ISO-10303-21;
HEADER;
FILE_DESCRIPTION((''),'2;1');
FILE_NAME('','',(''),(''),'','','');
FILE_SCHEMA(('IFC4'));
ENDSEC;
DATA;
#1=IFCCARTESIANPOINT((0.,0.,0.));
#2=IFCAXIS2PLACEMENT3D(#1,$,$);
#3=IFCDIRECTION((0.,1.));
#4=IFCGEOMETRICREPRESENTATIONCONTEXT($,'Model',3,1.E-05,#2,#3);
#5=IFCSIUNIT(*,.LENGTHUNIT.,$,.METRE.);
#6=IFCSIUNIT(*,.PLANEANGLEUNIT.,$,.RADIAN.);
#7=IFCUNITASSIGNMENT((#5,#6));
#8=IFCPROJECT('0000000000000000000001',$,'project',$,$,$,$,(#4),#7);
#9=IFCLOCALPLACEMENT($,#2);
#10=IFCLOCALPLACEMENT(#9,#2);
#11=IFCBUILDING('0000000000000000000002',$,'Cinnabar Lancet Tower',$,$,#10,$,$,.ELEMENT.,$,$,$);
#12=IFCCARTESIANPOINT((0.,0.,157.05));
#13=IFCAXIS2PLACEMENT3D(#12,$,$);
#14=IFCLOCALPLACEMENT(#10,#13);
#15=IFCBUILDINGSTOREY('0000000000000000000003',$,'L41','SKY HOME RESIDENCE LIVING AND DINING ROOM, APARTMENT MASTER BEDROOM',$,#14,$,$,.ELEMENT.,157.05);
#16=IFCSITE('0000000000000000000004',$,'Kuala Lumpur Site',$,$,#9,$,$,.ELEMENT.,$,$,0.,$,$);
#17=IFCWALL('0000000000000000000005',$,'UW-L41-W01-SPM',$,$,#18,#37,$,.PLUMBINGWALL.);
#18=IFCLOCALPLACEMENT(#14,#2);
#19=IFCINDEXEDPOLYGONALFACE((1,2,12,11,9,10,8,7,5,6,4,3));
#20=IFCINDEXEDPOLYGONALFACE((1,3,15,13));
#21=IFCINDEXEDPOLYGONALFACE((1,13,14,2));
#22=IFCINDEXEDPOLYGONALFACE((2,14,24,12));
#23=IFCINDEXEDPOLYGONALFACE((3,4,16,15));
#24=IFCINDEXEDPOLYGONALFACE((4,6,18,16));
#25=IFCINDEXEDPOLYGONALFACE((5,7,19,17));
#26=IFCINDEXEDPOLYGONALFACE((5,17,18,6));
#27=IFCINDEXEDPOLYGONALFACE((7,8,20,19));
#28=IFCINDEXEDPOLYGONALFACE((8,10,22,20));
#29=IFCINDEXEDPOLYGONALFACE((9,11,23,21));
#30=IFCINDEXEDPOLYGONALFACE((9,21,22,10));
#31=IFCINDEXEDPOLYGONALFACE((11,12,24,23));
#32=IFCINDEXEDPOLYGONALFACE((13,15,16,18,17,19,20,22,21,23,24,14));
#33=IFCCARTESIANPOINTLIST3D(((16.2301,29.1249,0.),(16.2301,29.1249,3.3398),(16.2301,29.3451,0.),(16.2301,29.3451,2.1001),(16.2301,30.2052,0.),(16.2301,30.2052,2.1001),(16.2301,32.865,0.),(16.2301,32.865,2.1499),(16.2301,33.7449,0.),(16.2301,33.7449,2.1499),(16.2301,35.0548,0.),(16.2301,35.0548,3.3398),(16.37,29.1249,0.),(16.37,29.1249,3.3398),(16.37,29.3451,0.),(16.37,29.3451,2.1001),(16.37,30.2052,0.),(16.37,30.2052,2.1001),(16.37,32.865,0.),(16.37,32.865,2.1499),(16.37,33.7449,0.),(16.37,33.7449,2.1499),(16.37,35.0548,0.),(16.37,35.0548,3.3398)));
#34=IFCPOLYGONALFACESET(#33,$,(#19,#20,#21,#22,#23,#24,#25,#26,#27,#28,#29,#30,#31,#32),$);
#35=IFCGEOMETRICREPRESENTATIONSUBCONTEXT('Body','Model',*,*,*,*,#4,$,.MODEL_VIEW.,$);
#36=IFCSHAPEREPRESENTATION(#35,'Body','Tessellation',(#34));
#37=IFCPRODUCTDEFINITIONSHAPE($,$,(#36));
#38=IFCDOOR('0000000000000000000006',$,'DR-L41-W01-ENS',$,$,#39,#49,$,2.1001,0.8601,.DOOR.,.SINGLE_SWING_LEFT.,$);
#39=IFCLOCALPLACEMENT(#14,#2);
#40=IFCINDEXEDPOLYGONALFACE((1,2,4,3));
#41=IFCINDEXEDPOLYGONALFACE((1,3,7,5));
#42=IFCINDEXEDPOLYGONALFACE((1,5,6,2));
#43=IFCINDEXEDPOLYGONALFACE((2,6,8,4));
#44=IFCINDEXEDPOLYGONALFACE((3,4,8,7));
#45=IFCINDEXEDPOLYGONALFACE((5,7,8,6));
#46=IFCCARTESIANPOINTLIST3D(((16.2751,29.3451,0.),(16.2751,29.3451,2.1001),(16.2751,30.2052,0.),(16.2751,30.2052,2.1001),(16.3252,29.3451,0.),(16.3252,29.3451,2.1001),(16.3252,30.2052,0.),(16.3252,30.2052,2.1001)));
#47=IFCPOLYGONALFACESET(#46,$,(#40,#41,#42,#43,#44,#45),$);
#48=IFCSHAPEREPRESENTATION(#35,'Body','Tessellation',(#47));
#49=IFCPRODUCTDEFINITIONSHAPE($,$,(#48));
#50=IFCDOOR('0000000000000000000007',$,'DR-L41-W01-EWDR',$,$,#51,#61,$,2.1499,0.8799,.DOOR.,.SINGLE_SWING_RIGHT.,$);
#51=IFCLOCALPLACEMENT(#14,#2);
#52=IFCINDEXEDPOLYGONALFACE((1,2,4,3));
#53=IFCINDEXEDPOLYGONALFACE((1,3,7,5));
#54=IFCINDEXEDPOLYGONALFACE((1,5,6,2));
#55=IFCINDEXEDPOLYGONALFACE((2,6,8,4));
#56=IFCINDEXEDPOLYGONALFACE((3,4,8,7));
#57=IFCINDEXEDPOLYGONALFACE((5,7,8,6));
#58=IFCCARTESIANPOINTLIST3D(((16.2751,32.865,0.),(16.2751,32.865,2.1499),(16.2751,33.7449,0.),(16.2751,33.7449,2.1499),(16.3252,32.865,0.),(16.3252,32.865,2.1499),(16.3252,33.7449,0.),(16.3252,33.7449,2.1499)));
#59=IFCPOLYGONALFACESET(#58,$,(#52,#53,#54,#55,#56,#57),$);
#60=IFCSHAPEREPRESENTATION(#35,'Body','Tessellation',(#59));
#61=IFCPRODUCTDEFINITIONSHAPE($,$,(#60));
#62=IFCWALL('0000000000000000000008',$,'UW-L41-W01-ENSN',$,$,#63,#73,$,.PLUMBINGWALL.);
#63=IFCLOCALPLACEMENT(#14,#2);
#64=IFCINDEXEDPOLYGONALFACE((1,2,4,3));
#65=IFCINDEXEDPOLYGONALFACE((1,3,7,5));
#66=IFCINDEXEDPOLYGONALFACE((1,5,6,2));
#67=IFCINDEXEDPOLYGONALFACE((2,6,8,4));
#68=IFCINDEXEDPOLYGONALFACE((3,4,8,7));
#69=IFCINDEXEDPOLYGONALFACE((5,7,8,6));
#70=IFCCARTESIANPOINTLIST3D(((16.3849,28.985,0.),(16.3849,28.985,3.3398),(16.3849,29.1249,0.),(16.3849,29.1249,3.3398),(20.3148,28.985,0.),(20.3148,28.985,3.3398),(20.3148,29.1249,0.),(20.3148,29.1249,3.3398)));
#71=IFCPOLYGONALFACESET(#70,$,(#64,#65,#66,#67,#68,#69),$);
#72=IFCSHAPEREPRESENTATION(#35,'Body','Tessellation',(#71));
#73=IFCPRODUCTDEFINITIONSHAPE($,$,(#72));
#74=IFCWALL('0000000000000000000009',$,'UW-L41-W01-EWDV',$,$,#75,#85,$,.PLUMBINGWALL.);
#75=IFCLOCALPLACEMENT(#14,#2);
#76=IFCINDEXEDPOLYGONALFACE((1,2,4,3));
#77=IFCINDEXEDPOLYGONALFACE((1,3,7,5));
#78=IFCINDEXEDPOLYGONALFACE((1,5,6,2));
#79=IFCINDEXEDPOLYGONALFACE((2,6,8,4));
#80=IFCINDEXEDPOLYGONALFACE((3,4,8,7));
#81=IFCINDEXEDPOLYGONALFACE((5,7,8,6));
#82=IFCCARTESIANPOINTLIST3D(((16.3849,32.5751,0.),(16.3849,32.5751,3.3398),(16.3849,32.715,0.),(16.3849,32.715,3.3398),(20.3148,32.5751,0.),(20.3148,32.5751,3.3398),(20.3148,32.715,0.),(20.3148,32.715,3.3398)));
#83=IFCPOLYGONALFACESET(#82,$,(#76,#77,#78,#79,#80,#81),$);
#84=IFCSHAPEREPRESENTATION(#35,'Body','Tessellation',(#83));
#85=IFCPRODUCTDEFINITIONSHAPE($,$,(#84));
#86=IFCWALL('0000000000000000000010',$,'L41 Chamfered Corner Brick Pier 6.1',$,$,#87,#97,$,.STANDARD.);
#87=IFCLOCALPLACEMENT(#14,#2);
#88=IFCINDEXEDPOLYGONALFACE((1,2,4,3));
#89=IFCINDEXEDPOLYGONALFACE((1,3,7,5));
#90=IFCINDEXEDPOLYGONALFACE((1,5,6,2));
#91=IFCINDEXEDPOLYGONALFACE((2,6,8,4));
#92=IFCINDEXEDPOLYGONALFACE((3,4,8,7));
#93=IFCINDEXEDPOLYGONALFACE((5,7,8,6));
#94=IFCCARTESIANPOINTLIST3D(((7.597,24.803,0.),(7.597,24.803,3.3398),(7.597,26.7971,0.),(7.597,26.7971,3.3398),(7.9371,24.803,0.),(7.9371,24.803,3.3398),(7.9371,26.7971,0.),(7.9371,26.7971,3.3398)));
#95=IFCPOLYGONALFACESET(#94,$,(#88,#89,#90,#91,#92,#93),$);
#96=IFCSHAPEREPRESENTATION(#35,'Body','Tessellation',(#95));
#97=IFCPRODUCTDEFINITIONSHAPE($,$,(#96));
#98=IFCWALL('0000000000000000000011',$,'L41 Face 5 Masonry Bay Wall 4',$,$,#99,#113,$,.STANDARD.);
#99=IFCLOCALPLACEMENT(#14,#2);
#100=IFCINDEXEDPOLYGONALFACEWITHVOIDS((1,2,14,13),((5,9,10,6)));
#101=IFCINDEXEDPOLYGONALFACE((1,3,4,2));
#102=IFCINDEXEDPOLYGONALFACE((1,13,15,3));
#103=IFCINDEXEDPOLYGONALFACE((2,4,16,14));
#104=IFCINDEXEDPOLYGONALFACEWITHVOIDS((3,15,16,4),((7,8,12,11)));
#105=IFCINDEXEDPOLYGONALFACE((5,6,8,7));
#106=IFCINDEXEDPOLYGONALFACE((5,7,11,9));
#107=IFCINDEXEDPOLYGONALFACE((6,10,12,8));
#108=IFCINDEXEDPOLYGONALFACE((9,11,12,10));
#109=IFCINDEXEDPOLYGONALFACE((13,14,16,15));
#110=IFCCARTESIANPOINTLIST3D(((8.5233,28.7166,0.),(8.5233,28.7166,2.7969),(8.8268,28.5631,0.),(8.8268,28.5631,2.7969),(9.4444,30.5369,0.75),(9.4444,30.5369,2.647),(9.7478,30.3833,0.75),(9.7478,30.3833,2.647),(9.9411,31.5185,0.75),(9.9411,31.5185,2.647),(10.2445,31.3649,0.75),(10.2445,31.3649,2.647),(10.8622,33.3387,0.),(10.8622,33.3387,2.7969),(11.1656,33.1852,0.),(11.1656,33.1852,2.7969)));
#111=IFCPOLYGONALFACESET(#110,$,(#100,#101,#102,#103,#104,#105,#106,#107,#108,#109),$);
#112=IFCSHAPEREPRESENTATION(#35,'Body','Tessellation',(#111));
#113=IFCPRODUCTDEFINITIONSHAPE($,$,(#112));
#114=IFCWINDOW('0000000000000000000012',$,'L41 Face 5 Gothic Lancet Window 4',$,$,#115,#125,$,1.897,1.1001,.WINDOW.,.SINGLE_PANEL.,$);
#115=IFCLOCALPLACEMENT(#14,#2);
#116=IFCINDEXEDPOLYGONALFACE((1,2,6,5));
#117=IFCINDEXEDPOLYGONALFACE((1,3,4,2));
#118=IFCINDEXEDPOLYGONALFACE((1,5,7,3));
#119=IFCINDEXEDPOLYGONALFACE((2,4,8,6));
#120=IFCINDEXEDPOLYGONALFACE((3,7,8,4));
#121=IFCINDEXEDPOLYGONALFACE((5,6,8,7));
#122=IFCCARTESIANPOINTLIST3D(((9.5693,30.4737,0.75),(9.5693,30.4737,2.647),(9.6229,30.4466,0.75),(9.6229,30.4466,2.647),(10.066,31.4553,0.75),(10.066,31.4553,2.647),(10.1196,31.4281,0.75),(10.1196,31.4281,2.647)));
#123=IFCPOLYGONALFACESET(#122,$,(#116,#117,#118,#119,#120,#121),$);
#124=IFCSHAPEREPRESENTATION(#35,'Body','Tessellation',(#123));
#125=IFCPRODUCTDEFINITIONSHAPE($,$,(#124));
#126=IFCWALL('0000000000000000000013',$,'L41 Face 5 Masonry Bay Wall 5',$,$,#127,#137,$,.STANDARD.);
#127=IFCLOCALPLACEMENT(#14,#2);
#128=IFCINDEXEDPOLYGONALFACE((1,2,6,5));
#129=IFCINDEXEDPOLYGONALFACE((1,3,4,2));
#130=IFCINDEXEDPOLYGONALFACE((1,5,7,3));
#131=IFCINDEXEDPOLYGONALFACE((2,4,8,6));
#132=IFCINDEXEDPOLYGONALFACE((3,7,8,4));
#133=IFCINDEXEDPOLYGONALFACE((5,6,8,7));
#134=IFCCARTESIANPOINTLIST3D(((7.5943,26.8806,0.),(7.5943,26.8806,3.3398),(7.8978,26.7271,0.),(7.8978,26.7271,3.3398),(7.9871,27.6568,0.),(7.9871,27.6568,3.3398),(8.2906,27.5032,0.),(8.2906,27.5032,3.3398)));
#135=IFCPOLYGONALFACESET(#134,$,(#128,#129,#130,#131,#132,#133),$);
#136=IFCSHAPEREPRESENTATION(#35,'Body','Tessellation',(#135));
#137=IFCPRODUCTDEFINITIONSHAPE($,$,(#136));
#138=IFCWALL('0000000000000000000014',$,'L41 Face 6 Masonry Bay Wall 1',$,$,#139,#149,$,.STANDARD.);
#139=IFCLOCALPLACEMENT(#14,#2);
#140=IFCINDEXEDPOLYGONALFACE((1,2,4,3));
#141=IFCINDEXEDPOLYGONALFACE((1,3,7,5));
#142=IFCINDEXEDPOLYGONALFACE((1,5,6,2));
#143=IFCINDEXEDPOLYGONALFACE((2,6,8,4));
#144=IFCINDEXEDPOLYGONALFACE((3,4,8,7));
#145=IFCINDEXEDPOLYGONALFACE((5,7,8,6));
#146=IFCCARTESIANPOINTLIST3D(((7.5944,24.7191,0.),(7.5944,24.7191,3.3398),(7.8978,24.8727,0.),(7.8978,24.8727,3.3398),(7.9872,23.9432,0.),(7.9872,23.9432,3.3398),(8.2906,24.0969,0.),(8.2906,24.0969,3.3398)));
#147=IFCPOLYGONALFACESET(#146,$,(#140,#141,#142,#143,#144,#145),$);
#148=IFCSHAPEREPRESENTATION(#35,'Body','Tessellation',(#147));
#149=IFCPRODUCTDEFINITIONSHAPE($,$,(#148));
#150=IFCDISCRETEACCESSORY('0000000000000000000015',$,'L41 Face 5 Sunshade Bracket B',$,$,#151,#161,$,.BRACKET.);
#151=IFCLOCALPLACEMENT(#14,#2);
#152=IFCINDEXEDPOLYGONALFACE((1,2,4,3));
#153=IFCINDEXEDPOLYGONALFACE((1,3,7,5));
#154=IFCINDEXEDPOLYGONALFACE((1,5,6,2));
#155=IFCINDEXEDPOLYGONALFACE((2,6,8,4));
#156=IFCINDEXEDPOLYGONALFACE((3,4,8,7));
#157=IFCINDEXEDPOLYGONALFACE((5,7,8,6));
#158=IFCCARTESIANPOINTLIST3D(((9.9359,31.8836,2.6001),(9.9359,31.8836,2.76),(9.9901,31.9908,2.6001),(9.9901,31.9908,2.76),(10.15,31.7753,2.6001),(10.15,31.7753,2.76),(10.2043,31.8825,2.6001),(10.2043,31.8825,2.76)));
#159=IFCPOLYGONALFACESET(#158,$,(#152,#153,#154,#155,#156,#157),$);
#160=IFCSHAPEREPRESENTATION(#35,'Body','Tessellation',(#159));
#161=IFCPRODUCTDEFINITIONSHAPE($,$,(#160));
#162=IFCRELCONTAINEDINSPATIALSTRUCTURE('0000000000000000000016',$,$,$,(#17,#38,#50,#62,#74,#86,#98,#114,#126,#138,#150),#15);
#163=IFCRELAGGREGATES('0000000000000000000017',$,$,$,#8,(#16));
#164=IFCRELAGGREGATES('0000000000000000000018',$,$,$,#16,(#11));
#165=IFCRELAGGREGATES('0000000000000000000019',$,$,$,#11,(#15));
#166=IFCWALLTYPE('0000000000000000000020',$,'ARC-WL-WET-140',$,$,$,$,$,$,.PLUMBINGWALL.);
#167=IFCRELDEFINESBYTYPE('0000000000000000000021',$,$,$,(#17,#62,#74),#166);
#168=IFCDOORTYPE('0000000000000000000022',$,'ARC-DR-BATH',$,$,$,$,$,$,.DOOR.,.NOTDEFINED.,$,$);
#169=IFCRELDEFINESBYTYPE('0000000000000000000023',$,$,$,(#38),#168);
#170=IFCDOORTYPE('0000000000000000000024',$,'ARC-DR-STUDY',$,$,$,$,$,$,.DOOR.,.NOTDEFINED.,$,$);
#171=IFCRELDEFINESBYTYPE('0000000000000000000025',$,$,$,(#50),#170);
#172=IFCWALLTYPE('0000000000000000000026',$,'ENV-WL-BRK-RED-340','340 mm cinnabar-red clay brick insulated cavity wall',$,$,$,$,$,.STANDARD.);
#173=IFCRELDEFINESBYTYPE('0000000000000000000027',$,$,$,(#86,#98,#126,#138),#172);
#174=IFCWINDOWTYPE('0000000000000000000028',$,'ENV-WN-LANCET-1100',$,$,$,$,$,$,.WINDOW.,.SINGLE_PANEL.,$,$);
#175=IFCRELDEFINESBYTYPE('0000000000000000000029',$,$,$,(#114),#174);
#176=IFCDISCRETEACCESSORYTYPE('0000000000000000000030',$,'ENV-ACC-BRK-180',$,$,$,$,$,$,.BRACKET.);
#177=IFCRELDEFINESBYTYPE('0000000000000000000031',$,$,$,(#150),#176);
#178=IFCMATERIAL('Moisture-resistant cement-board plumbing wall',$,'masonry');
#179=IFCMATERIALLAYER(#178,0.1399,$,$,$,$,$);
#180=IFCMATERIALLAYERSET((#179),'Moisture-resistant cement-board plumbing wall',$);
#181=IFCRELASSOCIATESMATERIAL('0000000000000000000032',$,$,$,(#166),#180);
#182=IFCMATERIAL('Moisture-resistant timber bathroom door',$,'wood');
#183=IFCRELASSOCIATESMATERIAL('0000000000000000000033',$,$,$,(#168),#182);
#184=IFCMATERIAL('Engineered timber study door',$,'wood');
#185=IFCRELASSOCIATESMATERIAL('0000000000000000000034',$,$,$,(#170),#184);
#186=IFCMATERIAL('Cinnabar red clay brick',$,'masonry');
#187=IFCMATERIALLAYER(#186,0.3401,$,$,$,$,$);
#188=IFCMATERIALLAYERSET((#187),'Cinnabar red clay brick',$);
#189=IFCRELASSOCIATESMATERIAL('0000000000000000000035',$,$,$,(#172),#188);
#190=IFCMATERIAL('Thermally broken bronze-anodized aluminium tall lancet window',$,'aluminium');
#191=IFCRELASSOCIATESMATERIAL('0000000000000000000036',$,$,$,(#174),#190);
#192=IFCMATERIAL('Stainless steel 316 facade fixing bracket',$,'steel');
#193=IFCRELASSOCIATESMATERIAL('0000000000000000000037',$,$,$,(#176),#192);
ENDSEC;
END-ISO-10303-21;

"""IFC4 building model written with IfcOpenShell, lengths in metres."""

from ifc_helpers import new_model, si_unit, direction, frame, frame_2d, origin, origin_2d, place, context, subcontext, project, spatial, rectangle, extrude, material, layer, layer_set, type_object, element, fill, save


model = new_model("IFC4")

# Units and contexts
model_context = context("Model", 3, precision=1e-05, world=origin(), true_north=direction((0.0, 1.0)))
body_context = subcontext(model_context, "Body", "Model", "MODEL_VIEW")
ifc_project = project(units=[si_unit("LENGTHUNIT", "METRE"), si_unit("PLANEANGLEUNIT", "RADIAN")], contexts=[model_context])

# Site, building, storey
site_placement = place(None, origin())
site = spatial("IfcSite", under=ifc_project, at=site_placement, Name="Kuala Lumpur Site", CompositionType="ELEMENT", RefElevation=0.0)
building_placement = place(site_placement, origin())
building = spatial("IfcBuilding", under=site, at=building_placement, Name="Cinnabar Lancet Tower", CompositionType="ELEMENT")
storey_placement = place(building_placement, frame((0.0, 0.0, 157.05)))
storey = spatial("IfcBuildingStorey", under=building, at=storey_placement, Name="L41", Description="SKY HOME RESIDENCE LIVING AND DINING ROOM, APARTMENT MASTER BEDROOM", CompositionType="ELEMENT", Elevation=157.05)

# Wall, openings, doors
ifc_material_1 = material(Name="Moisture-resistant cement-board plumbing wall", Category="masonry")
ifc_layer_1 = layer(ifc_material_1, 0.1399)
ifc_layer_set_1 = layer_set([ifc_layer_1], Name="Moisture-resistant cement-board plumbing wall")
wall_type_1 = type_object("IfcWallType", Name="ARC-WL-WET-140", PredefinedType="PLUMBINGWALL", material=ifc_layer_set_1)
wall_1_placement = place(storey_placement, frame((16.3, 29.125, 0.0), z_axis=(0.0, 0.0, 1.0), x_axis=(0.0, 1.0, 0.0)))
wall_1 = element("IfcWall", 1, at=wall_1_placement, inside=storey, type_object=wall_type_1, Name="UW-L41-W01-SPM", PredefinedType="PLUMBINGWALL", context=body_context, shape_type="SweptSolid", body=[
    extrude(rectangle(XDim=5.9299, YDim=0.1399, at=frame_2d((2.9648, 0.0))), origin(), (0.0, 0.0, 1.0), 3.3398),
])
opening_1_placement = place(wall_1_placement, frame((0.22, 0.0, 0.0)))
opening_1 = element("IfcOpeningElement", 2, at=opening_1_placement, cuts=wall_1, PredefinedType="OPENING", context=body_context, shape_type="SweptSolid", body=[
    extrude(rectangle(XDim=0.8601, YDim=2.1001, at=frame_2d((0.4302, 1.05))), frame((0.0, 0.0798, 0.0), z_axis=(0.0, -1.0, 0.0), x_axis=(1.0, 0.0, 0.0)), (0.0, 0.0, 1.0), 0.1599),
])
opening_2_placement = place(wall_1_placement, frame((3.74, 0.0, 0.0)))
opening_2 = element("IfcOpeningElement", 3, at=opening_2_placement, cuts=wall_1, PredefinedType="OPENING", context=body_context, shape_type="SweptSolid", body=[
    extrude(rectangle(XDim=0.8799, YDim=2.1499, at=frame_2d((0.4399, 1.075))), frame((0.0, 0.0798, 0.0), z_axis=(0.0, -1.0, 0.0), x_axis=(1.0, 0.0, 0.0)), (0.0, 0.0, 1.0), 0.1599),
])
ifc_material_2 = material(Name="Moisture-resistant timber bathroom door", Category="wood")
door_type_1 = type_object("IfcDoorType", Name="ARC-DR-BATH", OperationType="NOTDEFINED", PredefinedType="DOOR", material=ifc_material_2)
door_1_placement = place(opening_1_placement, origin())
door_1 = element("IfcDoor", 4, at=door_1_placement, inside=storey, type_object=door_type_1, Name="DR-L41-W01-ENS", OperationType="SINGLE_SWING_LEFT", OverallHeight=2.1001, OverallWidth=0.8601, PredefinedType="DOOR", context=body_context, shape_type="SweptSolid", body=[
    extrude(rectangle(XDim=0.8601, YDim=2.1001, at=frame_2d((0.4302, 1.05))), frame((0.0, 0.0249, 0.0), z_axis=(0.0, -1.0, 0.0), x_axis=(1.0, 0.0, 0.0)), (0.0, 0.0, 1.0), 0.05),
])
fill(opening_1, door_1)
ifc_material_3 = material(Name="Engineered timber study door", Category="wood")
door_type_2 = type_object("IfcDoorType", Name="ARC-DR-STUDY", OperationType="NOTDEFINED", PredefinedType="DOOR", material=ifc_material_3)
door_2_placement = place(opening_2_placement, origin())
door_2 = element("IfcDoor", 5, at=door_2_placement, inside=storey, type_object=door_type_2, Name="DR-L41-W01-EWDR", OperationType="SINGLE_SWING_RIGHT", OverallHeight=2.1499, OverallWidth=0.8799, PredefinedType="DOOR", context=body_context, shape_type="SweptSolid", body=[
    extrude(rectangle(XDim=0.8799, YDim=2.1499, at=frame_2d((0.4399, 1.075))), frame((0.0, 0.0249, 0.0), z_axis=(0.0, -1.0, 0.0), x_axis=(1.0, 0.0, 0.0)), (0.0, 0.0, 1.0), 0.05),
])
fill(opening_2, door_2)

# Walls
for number, where, z_axis, x_axis, name in (
    (6, (16.385, 29.0549, 0.0), (0.0, 0.0, 1.0), (1.0, 0.0, 0.0), "UW-L41-W01-ENSN"),
    (7, (16.385, 32.645, 0.0), (0.0, 0.0, 1.0), (1.0, 0.0, 0.0), "UW-L41-W01-EWDV"),
):
    element("IfcWall", number, at=place(storey_placement, frame(where, z_axis=z_axis, x_axis=x_axis)), inside=storey, type_object=wall_type_1, Name=name, PredefinedType="PLUMBINGWALL", context=body_context, shape_type="SweptSolid", body=[
        extrude(rectangle(XDim=3.9299, YDim=0.1399, at=frame_2d((1.9648, 0.0))), origin(), (0.0, 0.0, 1.0), 3.3398),
    ])
ifc_material_4 = material(Name="Cinnabar red clay brick", Category="masonry")
ifc_layer_2 = layer(ifc_material_4, 0.3401)
ifc_layer_set_2 = layer_set([ifc_layer_2], Name="Cinnabar red clay brick")
wall_type_2 = type_object("IfcWallType", Name="ENV-WL-BRK-RED-340", Description="340 mm cinnabar-red clay brick insulated cavity wall", PredefinedType="STANDARD", material=ifc_layer_set_2)
wall_2_placement = place(storey_placement, frame((7.7671, 26.7971, 0.0), z_axis=(0.0, 0.0, 1.0), x_axis=(0.0, -1.0, 0.0)))
element("IfcWall", 8, at=wall_2_placement, inside=storey, type_object=wall_type_2, Name="L41 Chamfered Corner Brick Pier 6.1", PredefinedType="STANDARD", context=body_context, shape_type="SweptSolid", body=[
    extrude(rectangle(XDim=1.9941, YDim=0.3401, at=frame_2d((0.9971, 0.0))), origin(), (0.0, 0.0, 1.0), 3.3398),
])

# Wall, opening, window
wall_3_placement = place(storey_placement, frame((11.0139, 33.262, 0.0), z_axis=(0.0, 0.0, 1.0), x_axis=(-0.451507, -0.892268, 0.0)))
wall_3 = element("IfcWall", 9, at=wall_3_placement, inside=storey, type_object=wall_type_2, Name="L41 Face 5 Masonry Bay Wall 4", PredefinedType="STANDARD", context=body_context, shape_type="SweptSolid", body=[
    extrude(rectangle(XDim=5.1802, YDim=0.3401, at=frame_2d((2.5901, 0.0))), origin(), (0.0, 0.0, 1.0), 2.7969),
])
opening_3_placement = place(wall_3_placement, frame((2.04, 0.0, 0.75)))
opening_3 = element("IfcOpeningElement", 10, at=opening_3_placement, cuts=wall_3, PredefinedType="OPENING", context=body_context, shape_type="SweptSolid", body=[
    extrude(rectangle(XDim=1.1001, YDim=1.897, at=frame_2d((0.55, 0.9485))), frame((0.0, 0.1799, 0.0), z_axis=(0.0, -1.0, 0.0), x_axis=(1.0, 0.0, 0.0)), (0.0, 0.0, 1.0), 0.3601),
])
ifc_material_5 = material(Name="Thermally broken bronze-anodized aluminium tall lancet window", Category="aluminium")
window_type = type_object("IfcWindowType", Name="ENV-WN-LANCET-1100", PartitioningType="SINGLE_PANEL", PredefinedType="WINDOW", material=ifc_material_5)
window_placement = place(opening_3_placement, origin())
window = element("IfcWindow", 11, at=window_placement, inside=storey, type_object=window_type, Name="L41 Face 5 Gothic Lancet Window 4", OverallHeight=1.897, OverallWidth=1.1001, PartitioningType="SINGLE_PANEL", PredefinedType="WINDOW", context=body_context, shape_type="SweptSolid", body=[
    extrude(rectangle(XDim=1.1001, YDim=1.897, at=frame_2d((0.55, 0.9485))), frame((0.0, 0.03, 0.0), z_axis=(0.0, -1.0, 0.0), x_axis=(1.0, 0.0, 0.0)), (0.0, 0.0, 1.0), 0.0601),
])
fill(opening_3, window)

# Walls
wall_4_placement = place(storey_placement, frame((8.1389, 27.5801, 0.0), z_axis=(0.0, 0.0, 1.0), x_axis=(-0.451587, -0.892227, 0.0)))
element("IfcWall", 12, at=wall_4_placement, inside=storey, type_object=wall_type_2, Name="L41 Face 5 Masonry Bay Wall 5", PredefinedType="STANDARD", context=body_context, shape_type="SweptSolid", body=[
    extrude(rectangle(XDim=0.8699, YDim=0.3401, at=frame_2d((0.4351, 0.0))), origin(), (0.0, 0.0, 1.0), 3.3398),
])
wall_5_placement = place(storey_placement, frame((7.7461, 24.7959, 0.0), z_axis=(0.0, 0.0, 1.0), x_axis=(0.4517, -0.89217, 0.0)))
element("IfcWall", 13, at=wall_5_placement, inside=storey, type_object=wall_type_2, Name="L41 Face 6 Masonry Bay Wall 1", PredefinedType="STANDARD", context=body_context, shape_type="SweptSolid", body=[
    extrude(rectangle(XDim=0.8696, YDim=0.3401, at=frame_2d((0.4348, 0.0))), origin(), (0.0, 0.0, 1.0), 3.3398),
])

# Discrete accessory
ifc_material_6 = material(Name="Stainless steel 316 facade fixing bracket", Category="steel")
discrete_accessory_type = type_object("IfcDiscreteAccessoryType", Name="ENV-ACC-BRK-180", PredefinedType="BRACKET", material=ifc_material_6)
discrete_accessory_placement = place(storey_placement, frame((10.0701, 31.8831, 2.6001), z_axis=(0.0, 0.0, 1.0), x_axis=(-0.451454, -0.892294, 0.0)))
element("IfcDiscreteAccessory", 14, at=discrete_accessory_placement, inside=storey, type_object=discrete_accessory_type, Name="L41 Face 5 Sunshade Bracket B", PredefinedType="BRACKET", context=body_context, shape_type="SweptSolid", body=[
    extrude(rectangle(XDim=0.1201, YDim=0.24, at=origin_2d()), origin(), (0.0, 0.0, 1.0), 0.1599),
])

save(model, "model.ifc")
